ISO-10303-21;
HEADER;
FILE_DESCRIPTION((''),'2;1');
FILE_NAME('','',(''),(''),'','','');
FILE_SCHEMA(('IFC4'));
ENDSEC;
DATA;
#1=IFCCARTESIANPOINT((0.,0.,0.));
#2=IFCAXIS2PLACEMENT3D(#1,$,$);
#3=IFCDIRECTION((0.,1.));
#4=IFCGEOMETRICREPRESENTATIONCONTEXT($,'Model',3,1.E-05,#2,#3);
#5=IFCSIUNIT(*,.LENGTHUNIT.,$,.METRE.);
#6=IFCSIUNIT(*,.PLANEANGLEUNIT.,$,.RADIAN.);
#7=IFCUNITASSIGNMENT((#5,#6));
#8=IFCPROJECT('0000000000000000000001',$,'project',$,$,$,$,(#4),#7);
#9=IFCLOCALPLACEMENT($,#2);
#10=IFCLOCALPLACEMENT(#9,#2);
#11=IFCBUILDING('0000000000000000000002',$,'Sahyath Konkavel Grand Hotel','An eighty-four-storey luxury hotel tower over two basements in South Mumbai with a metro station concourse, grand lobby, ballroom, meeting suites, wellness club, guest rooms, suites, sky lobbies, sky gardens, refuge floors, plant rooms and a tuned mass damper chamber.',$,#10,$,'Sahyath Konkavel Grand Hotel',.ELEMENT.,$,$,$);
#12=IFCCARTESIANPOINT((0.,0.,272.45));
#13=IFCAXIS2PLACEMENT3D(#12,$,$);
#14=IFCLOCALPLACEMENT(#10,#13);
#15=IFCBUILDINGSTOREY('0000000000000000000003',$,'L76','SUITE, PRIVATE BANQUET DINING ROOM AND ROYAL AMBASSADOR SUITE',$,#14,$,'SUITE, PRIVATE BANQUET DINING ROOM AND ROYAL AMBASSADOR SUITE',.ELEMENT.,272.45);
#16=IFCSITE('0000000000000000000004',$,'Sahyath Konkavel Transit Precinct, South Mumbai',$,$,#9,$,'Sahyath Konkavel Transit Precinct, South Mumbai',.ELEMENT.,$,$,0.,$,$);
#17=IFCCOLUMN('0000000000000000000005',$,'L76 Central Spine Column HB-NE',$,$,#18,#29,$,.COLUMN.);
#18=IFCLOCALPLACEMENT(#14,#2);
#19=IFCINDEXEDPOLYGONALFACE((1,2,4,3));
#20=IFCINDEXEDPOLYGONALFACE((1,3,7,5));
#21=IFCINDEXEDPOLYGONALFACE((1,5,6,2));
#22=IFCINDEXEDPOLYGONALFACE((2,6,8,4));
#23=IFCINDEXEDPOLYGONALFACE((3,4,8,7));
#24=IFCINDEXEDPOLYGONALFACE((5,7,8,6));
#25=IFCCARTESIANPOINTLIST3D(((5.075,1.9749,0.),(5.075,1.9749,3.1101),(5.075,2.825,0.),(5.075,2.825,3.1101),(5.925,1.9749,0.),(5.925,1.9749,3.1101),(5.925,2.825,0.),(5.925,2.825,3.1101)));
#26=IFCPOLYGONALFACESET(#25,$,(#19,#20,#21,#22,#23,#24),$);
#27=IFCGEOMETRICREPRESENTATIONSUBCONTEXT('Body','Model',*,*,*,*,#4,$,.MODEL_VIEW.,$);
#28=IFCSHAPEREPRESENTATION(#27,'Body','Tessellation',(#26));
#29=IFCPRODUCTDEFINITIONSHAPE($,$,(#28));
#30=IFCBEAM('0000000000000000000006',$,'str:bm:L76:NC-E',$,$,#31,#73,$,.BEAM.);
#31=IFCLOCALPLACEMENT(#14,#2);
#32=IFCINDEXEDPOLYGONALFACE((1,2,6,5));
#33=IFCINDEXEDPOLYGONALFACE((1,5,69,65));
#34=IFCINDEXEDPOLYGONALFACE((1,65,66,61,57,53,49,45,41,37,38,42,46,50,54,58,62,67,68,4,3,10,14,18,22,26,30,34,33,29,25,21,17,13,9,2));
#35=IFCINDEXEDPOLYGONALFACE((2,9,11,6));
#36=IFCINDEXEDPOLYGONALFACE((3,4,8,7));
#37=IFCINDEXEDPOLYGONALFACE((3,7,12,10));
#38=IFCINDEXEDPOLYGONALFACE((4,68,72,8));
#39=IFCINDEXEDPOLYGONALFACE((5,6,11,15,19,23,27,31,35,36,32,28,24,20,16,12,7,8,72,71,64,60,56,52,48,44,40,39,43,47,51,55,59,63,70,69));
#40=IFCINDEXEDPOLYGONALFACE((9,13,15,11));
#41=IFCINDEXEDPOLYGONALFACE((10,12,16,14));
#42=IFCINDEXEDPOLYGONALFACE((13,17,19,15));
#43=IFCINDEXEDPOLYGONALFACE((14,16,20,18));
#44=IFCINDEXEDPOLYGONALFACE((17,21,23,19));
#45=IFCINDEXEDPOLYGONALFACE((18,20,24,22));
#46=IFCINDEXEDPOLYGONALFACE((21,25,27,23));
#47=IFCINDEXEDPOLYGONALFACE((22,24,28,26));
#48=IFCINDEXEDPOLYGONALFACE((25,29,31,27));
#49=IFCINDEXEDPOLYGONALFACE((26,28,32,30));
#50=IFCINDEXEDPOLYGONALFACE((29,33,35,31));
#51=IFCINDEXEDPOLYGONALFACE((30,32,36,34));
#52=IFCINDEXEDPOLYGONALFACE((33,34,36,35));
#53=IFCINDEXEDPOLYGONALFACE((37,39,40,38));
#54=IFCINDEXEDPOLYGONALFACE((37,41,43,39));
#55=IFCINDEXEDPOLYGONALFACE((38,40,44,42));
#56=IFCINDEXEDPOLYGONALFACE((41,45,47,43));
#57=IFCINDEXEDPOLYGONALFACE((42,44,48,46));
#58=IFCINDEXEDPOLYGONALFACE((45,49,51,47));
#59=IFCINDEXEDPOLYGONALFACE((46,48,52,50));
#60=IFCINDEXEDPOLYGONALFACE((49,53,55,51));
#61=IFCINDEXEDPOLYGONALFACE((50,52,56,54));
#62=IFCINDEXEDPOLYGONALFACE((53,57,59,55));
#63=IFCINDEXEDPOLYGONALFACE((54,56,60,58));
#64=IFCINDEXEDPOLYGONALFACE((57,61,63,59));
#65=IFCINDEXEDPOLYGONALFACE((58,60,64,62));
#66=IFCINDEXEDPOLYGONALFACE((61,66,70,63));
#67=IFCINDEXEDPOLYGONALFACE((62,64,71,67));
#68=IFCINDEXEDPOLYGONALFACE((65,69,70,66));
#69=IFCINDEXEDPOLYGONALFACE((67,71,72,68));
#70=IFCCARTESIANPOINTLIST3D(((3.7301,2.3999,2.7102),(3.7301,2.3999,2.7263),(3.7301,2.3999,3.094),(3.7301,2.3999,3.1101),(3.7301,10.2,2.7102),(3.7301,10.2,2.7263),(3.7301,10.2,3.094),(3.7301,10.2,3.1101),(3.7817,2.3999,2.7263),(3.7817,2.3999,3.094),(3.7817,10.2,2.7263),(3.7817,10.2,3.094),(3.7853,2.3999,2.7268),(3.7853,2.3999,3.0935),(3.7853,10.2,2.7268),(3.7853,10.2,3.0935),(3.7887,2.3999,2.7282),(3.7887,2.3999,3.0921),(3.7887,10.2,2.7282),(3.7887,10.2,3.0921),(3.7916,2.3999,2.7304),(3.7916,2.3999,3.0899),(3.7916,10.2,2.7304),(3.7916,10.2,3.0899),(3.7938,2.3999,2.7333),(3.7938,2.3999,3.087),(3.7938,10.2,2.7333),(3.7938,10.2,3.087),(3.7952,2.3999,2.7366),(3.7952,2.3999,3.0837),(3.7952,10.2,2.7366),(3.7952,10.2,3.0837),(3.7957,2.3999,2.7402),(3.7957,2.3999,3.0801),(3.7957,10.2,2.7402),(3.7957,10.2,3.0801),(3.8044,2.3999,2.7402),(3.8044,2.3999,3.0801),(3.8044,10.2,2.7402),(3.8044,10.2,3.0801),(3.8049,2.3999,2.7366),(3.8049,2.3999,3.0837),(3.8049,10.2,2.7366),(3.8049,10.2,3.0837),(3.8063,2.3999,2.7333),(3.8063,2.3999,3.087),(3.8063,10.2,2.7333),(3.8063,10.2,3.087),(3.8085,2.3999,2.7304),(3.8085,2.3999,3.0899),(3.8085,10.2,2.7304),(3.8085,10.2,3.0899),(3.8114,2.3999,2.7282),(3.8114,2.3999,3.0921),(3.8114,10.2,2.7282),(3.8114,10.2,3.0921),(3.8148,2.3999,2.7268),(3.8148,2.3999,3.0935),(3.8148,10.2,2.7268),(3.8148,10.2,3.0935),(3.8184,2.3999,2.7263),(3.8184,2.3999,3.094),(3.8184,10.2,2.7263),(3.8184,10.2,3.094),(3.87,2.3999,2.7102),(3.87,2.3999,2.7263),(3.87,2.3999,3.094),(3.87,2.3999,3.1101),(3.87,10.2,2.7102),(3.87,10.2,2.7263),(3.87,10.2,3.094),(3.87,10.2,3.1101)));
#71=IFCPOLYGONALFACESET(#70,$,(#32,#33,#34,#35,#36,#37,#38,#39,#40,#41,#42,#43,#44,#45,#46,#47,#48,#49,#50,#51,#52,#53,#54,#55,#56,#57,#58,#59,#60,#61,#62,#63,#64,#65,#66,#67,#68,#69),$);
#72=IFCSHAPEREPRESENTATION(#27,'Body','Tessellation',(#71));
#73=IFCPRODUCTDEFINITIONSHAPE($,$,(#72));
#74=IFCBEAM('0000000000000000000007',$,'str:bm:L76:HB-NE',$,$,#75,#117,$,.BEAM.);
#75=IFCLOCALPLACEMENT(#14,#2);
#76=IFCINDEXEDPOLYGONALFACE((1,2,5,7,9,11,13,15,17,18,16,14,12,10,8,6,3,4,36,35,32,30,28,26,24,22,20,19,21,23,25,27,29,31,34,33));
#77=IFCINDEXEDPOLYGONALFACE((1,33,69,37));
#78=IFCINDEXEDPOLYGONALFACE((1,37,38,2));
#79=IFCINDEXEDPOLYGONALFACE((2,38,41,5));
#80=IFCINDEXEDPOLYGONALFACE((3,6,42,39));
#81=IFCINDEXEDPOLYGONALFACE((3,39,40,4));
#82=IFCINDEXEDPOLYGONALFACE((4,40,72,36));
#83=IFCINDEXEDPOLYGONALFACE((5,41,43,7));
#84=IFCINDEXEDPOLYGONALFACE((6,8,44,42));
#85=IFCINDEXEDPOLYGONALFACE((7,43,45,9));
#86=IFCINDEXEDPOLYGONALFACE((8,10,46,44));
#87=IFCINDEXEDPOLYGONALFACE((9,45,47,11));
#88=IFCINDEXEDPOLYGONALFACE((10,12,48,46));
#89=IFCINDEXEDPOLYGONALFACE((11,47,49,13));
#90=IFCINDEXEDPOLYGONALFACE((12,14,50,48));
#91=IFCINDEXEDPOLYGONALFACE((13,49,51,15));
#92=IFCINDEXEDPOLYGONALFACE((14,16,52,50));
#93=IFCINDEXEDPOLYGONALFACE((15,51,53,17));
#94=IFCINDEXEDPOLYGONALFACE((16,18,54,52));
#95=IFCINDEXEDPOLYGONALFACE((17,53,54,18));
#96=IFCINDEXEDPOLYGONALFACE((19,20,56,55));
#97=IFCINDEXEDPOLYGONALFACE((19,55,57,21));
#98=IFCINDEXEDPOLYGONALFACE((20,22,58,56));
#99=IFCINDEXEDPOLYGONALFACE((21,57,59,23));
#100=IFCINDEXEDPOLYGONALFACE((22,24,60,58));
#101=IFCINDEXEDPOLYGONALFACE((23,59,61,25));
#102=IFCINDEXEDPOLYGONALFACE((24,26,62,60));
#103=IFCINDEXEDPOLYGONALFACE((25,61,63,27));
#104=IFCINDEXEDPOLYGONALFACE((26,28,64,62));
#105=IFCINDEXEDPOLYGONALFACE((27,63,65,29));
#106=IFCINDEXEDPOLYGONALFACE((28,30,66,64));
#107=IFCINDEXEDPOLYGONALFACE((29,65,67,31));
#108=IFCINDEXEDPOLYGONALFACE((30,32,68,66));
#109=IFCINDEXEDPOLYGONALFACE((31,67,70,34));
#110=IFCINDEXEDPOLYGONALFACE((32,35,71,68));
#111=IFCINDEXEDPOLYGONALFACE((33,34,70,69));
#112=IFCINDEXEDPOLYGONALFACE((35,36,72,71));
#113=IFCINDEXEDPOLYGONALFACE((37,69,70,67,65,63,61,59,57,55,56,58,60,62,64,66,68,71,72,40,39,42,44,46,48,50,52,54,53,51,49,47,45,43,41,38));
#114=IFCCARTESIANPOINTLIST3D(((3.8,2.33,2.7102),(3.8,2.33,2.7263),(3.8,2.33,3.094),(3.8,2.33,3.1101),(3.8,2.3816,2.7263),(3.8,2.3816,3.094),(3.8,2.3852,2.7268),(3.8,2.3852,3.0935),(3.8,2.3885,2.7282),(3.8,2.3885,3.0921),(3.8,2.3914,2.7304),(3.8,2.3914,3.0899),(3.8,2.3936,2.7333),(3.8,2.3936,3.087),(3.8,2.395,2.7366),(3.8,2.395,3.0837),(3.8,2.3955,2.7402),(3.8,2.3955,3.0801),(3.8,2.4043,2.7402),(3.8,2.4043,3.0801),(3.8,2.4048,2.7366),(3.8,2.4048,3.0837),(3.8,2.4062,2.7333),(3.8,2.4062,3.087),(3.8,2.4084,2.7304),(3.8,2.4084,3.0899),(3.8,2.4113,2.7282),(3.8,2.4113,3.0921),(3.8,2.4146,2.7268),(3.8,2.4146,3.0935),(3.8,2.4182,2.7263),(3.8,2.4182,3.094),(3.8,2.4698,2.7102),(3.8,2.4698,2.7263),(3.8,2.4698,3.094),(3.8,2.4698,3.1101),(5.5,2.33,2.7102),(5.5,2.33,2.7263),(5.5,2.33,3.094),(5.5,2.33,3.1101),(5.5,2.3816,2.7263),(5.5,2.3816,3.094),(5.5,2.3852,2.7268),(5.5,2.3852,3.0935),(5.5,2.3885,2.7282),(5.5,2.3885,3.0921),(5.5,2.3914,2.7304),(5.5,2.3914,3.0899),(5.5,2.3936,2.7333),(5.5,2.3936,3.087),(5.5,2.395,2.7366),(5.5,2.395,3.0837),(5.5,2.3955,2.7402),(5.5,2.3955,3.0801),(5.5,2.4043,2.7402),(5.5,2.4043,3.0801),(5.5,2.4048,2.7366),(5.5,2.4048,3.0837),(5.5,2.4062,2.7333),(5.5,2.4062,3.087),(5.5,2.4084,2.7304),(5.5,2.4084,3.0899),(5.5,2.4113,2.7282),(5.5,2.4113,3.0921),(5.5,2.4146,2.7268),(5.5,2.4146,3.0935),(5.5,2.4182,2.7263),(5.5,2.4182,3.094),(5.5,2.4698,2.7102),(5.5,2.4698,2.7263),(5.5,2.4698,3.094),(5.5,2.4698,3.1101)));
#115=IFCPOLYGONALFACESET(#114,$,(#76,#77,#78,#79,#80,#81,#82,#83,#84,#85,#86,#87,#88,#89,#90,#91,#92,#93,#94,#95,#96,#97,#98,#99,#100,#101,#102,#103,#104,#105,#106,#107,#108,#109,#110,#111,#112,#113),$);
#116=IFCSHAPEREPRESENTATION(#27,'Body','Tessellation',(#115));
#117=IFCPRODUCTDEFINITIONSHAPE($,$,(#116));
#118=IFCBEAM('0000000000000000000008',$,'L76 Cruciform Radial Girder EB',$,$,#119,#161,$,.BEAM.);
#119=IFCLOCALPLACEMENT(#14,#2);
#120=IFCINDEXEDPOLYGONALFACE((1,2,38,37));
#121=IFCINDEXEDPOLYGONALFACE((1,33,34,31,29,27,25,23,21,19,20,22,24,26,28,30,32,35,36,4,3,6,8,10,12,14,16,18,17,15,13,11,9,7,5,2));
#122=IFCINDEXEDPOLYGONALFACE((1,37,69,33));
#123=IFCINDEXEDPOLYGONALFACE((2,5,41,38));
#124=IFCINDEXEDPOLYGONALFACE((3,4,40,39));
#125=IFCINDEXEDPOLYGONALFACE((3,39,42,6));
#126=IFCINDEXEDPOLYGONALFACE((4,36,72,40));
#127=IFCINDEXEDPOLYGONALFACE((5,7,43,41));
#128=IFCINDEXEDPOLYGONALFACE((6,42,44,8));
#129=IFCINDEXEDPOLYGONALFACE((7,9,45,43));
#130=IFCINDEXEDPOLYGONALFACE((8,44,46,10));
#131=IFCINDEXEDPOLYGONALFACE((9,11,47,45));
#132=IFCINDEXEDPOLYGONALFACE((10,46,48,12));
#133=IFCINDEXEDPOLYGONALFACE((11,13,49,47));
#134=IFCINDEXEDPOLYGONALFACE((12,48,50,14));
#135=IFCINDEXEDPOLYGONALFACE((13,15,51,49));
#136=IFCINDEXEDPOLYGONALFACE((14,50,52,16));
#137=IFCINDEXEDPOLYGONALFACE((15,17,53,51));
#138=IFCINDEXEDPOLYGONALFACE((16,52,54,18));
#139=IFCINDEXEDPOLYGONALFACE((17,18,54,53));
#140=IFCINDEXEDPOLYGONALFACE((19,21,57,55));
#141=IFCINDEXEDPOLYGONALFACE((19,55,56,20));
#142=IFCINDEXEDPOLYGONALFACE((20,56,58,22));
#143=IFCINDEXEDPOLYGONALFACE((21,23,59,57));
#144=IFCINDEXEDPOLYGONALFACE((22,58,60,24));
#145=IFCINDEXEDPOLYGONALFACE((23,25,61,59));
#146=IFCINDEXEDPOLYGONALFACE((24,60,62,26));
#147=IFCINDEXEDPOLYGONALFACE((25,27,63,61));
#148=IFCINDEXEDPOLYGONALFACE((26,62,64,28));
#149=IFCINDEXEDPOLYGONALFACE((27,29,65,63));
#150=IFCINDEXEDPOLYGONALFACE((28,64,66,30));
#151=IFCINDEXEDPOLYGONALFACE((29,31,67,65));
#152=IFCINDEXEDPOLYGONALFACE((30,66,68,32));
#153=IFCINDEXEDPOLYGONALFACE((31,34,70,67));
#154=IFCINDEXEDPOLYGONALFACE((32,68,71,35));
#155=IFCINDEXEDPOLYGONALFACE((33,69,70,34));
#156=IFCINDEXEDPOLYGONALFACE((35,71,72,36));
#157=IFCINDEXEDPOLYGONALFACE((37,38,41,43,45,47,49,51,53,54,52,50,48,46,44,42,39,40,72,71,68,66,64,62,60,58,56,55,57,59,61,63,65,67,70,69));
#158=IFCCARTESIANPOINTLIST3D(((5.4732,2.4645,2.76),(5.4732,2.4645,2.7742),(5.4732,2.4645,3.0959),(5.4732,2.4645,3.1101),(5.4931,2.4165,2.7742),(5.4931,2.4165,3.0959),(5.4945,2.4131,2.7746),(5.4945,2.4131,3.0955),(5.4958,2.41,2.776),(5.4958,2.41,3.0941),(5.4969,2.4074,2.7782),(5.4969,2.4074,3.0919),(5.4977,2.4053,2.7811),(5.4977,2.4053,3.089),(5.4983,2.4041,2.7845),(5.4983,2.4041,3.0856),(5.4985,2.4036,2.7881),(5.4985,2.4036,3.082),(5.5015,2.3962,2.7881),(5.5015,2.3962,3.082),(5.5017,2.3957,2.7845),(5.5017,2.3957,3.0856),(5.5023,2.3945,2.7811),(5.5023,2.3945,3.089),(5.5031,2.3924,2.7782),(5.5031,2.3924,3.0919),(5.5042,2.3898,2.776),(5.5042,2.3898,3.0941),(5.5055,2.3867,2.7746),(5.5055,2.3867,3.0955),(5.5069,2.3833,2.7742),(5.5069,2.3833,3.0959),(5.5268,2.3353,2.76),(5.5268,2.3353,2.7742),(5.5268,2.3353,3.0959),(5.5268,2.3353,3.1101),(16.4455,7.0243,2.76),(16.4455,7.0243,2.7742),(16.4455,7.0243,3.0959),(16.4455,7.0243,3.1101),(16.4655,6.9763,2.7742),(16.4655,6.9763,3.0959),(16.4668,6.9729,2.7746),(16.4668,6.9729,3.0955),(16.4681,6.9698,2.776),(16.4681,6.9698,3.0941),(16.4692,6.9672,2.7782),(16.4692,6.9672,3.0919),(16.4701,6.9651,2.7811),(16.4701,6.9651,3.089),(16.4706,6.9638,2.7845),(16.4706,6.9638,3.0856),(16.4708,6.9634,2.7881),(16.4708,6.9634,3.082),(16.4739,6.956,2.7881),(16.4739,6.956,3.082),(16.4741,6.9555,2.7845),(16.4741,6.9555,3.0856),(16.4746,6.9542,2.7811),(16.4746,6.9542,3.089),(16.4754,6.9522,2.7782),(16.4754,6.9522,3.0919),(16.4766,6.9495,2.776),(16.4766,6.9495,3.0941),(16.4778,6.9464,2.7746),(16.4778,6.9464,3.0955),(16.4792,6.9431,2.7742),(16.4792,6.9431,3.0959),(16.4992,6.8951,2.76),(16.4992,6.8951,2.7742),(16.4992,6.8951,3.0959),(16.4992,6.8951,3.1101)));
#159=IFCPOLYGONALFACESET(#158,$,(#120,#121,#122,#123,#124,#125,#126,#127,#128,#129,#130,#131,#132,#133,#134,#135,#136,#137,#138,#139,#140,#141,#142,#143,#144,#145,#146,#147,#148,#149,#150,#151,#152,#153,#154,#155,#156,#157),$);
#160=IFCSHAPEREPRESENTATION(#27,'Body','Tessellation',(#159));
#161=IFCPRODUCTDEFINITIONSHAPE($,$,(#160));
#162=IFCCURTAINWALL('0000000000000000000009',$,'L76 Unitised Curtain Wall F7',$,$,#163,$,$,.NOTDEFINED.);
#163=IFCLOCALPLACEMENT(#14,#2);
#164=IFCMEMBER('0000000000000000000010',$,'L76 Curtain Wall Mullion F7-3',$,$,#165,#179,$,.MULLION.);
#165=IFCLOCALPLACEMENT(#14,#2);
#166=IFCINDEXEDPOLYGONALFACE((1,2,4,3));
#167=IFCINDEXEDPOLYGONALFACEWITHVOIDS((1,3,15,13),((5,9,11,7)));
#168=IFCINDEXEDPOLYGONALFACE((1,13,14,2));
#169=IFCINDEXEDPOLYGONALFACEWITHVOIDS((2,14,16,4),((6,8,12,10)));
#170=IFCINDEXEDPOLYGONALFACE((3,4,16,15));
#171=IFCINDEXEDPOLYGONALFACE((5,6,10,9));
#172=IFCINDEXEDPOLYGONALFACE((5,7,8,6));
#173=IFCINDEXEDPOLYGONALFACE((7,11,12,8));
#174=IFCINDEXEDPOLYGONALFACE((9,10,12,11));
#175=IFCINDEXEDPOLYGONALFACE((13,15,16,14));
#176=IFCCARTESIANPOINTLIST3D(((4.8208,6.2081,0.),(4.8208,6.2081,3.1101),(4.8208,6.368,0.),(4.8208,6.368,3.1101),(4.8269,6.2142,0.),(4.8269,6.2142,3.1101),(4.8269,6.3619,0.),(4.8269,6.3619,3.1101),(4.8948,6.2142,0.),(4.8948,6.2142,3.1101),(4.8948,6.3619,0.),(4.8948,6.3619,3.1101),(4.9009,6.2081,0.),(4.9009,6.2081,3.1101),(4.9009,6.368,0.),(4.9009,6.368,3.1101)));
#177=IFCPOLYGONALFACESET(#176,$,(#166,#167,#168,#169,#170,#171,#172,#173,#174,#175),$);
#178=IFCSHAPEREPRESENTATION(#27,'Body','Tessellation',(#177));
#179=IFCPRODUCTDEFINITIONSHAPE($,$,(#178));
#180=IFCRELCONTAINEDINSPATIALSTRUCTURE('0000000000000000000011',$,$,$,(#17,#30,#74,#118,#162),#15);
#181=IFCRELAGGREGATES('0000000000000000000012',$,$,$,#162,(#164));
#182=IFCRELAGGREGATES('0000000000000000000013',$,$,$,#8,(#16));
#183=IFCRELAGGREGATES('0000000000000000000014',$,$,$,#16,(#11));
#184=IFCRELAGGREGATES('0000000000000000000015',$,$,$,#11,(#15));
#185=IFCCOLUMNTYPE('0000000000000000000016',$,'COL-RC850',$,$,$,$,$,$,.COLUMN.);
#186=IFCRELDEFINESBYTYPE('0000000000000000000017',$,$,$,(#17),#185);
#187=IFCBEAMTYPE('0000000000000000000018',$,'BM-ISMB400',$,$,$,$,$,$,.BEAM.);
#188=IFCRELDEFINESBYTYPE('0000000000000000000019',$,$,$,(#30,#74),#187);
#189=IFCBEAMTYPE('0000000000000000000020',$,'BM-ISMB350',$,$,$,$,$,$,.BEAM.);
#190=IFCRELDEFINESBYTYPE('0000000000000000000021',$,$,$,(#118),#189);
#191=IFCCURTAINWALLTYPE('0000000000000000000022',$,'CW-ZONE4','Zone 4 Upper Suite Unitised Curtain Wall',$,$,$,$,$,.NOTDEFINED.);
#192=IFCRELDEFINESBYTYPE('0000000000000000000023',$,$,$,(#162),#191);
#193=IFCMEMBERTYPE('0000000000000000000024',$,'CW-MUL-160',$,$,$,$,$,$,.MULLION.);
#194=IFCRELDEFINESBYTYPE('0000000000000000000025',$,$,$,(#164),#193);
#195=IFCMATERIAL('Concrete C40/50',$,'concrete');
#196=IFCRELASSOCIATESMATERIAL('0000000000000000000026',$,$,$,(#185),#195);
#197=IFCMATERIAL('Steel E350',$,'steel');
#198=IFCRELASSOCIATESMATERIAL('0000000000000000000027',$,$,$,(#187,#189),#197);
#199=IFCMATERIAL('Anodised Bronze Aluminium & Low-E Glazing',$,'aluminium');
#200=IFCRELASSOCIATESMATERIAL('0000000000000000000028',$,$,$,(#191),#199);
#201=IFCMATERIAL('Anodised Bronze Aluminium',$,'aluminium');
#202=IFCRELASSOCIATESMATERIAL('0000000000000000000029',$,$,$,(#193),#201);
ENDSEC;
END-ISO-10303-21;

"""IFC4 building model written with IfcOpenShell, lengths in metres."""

from ifc_helpers import new_model, si_unit, direction, frame, origin, origin_2d, place, context, subcontext, project, spatial, rectangle, hollow_rectangle, i_section, extrude, source, transform, mapped, material, material_profile, profile_set, type_object, element, aggregate, save


model = new_model("IFC4")

# Units and contexts
model_context = context("Model", 3, precision=1e-05, world=origin(), true_north=direction((0.0, 1.0)))
body_context = subcontext(model_context, "Body", "Model", "MODEL_VIEW")
ifc_project = project(units=[si_unit("LENGTHUNIT", "METRE"), si_unit("PLANEANGLEUNIT", "RADIAN")], contexts=[model_context])

# Site, building, storey
site_placement = place(None, origin())
site = spatial("IfcSite", under=ifc_project, at=site_placement, Name="Sahyath Konkavel Transit Precinct, South Mumbai", LongName="Sahyath Konkavel Transit Precinct, South Mumbai", CompositionType="ELEMENT", RefElevation=0.0)
building_placement = place(site_placement, origin())
building = spatial("IfcBuilding", under=site, at=building_placement, Name="Sahyath Konkavel Grand Hotel", Description="An eighty-four-storey luxury hotel tower over two basements in South Mumbai with a metro station concourse, grand lobby, ballroom, meeting suites, wellness club, guest rooms, suites, sky lobbies, sky gardens, refuge floors, plant rooms and a tuned mass damper chamber.", LongName="Sahyath Konkavel Grand Hotel", CompositionType="ELEMENT")
storey_placement = place(building_placement, frame((0.0, 0.0, 272.45)))
storey = spatial("IfcBuildingStorey", under=building, at=storey_placement, Name="L76", Description="SUITE, PRIVATE BANQUET DINING ROOM AND ROYAL AMBASSADOR SUITE", LongName="SUITE, PRIVATE BANQUET DINING ROOM AND ROYAL AMBASSADOR SUITE", CompositionType="ELEMENT", Elevation=272.45)

# Column
ifc_material_1 = material(Name="Concrete C40/50", Category="concrete")
ifc_material_profile_1 = material_profile(ifc_material_1, rectangle(XDim=0.8501, YDim=0.8501, at=origin_2d()), Name="RC 850x850")
ifc_profile_set_1 = profile_set([ifc_material_profile_1], Name="Concrete C40/50")
column_type = type_object("IfcColumnType", Name="COL-RC850", PredefinedType="COLUMN", material=ifc_profile_set_1)
shared_shape_1 = source(origin(), body_context, "Body", "SweptSolid", [
    extrude(rectangle(XDim=0.8501, YDim=0.8501, at=origin_2d()), origin(), (0.0, 0.0, 1.0), 3.1101),
])
column_placement = place(storey_placement, frame((5.5, 2.3999, 0.0), z_axis=(0.0, 0.0, 1.0), x_axis=(1.0, 0.0, 0.0)))
element("IfcColumn", 1, at=column_placement, inside=storey, type_object=column_type, Name="L76 Central Spine Column HB-NE", PredefinedType="COLUMN", context=body_context, shape_type="MappedRepresentation", body=[
    mapped(shared_shape_1, transform((0.0, 0.0, 0.0), scale=1.0)),
])

# Beams
ifc_material_2 = material(Name="Steel E350", Category="steel")
ifc_material_profile_2 = material_profile(ifc_material_2, i_section(OverallWidth=0.1399, OverallDepth=0.3999, WebThickness=0.0088, FlangeThickness=0.0161, FilletRadius=0.0139, at=origin_2d()), Name="ISMB 400")
ifc_profile_set_2 = profile_set([ifc_material_profile_2], Name="Steel E350")
beam_type_1 = type_object("IfcBeamType", Name="BM-ISMB400", PredefinedType="BEAM", material=ifc_profile_set_2)
shared_shape_2 = source(origin(), body_context, "Body", "SweptSolid", [
    extrude(i_section(OverallWidth=0.1399, OverallDepth=0.3999, WebThickness=0.0088, FlangeThickness=0.0161, FilletRadius=0.0139, at=origin_2d()), origin(), (0.0, 0.0, 1.0), 7.8),
])
beam_1_placement = place(storey_placement, frame((3.8, 2.3999, 2.9102), z_axis=(0.0, 1.0, 0.0), x_axis=(-1.0, 0.0, 0.0)))
element("IfcBeam", 2, at=beam_1_placement, inside=storey, type_object=beam_type_1, Name="str:bm:L76:NC-E", PredefinedType="BEAM", context=body_context, shape_type="MappedRepresentation", body=[
    mapped(shared_shape_2, transform((0.0, 0.0, 0.0), scale=1.0)),
])
shared_shape_3 = source(origin(), body_context, "Body", "SweptSolid", [
    extrude(i_section(OverallWidth=0.1399, OverallDepth=0.3999, WebThickness=0.0088, FlangeThickness=0.0161, FilletRadius=0.0139, at=origin_2d()), origin(), (0.0, 0.0, 1.0), 1.7),
])
beam_2_placement = place(storey_placement, frame((3.8, 2.3999, 2.9102), z_axis=(1.0, 0.0, 0.0), x_axis=(0.0, 1.0, 0.0)))
element("IfcBeam", 3, at=beam_2_placement, inside=storey, type_object=beam_type_1, Name="str:bm:L76:HB-NE", PredefinedType="BEAM", context=body_context, shape_type="MappedRepresentation", body=[
    mapped(shared_shape_3, transform((0.0, 0.0, 0.0), scale=1.0)),
])
ifc_material_profile_3 = material_profile(ifc_material_2, i_section(OverallWidth=0.1399, OverallDepth=0.3501, WebThickness=0.0081, FlangeThickness=0.0142, FilletRadius=0.0139, at=origin_2d()), Name="ISMB 350")
ifc_profile_set_3 = profile_set([ifc_material_profile_3], Name="Steel E350")
beam_type_2 = type_object("IfcBeamType", Name="BM-ISMB350", PredefinedType="BEAM", material=ifc_profile_set_3)
shared_shape_4 = source(origin(), body_context, "Body", "SweptSolid", [
    extrude(i_section(OverallWidth=0.1399, OverallDepth=0.3501, WebThickness=0.0081, FlangeThickness=0.0142, FilletRadius=0.0139, at=origin_2d()), origin(), (0.0, 0.0, 1.0), 11.8821),
])
beam_3_placement = place(storey_placement, frame((5.5, 2.3999, 2.9351), z_axis=(0.923436, 0.383753, 0.0), x_axis=(-0.383753, 0.923436, 0.0)))
element("IfcBeam", 4, at=beam_3_placement, inside=storey, type_object=beam_type_2, Name="L76 Cruciform Radial Girder EB", PredefinedType="BEAM", context=body_context, shape_type="MappedRepresentation", body=[
    mapped(shared_shape_4, transform((0.0, 0.0, 0.0), scale=1.0)),
])

# Curtain wall, member
ifc_material_3 = material(Name="Anodised Bronze Aluminium & Low-E Glazing", Category="aluminium")
curtain_wall_type = type_object("IfcCurtainWallType", Name="CW-ZONE4", Description="Zone 4 Upper Suite Unitised Curtain Wall", PredefinedType="NOTDEFINED", material=ifc_material_3)
curtain_wall_placement = place(storey_placement, origin())
curtain_wall = element("IfcCurtainWall", 5, at=curtain_wall_placement, inside=storey, type_object=curtain_wall_type, Name="L76 Unitised Curtain Wall F7", PredefinedType="NOTDEFINED")
ifc_material_4 = material(Name="Anodised Bronze Aluminium", Category="aluminium")
ifc_material_profile_4 = material_profile(ifc_material_4, hollow_rectangle(XDim=0.0801, YDim=0.1599, WallThickness=0.0061, at=origin_2d()), Name="RHS 160x80x6")
ifc_profile_set_4 = profile_set([ifc_material_profile_4], Name="Anodised Bronze Aluminium")
member_type = type_object("IfcMemberType", Name="CW-MUL-160", PredefinedType="MULLION", material=ifc_profile_set_4)
shared_shape_5 = source(origin(), body_context, "Body", "SweptSolid", [
    extrude(hollow_rectangle(XDim=0.0801, YDim=0.1599, WallThickness=0.0061, at=origin_2d()), origin(), (0.0, 0.0, 1.0), 3.1101),
])
member_placement = place(storey_placement, frame((4.8608, 6.2881, 0.0), z_axis=(0.0, 0.0, 1.0), x_axis=(1.0, 0.0, 0.0)))
member = element("IfcMember", 6, at=member_placement, type_object=member_type, Name="L76 Curtain Wall Mullion F7-3", PredefinedType="MULLION", context=body_context, shape_type="MappedRepresentation", body=[
    mapped(shared_shape_5, transform((0.0, 0.0, 0.0), scale=1.0)),
])
aggregate(curtain_wall, [member])

save(model, "model.ifc")
